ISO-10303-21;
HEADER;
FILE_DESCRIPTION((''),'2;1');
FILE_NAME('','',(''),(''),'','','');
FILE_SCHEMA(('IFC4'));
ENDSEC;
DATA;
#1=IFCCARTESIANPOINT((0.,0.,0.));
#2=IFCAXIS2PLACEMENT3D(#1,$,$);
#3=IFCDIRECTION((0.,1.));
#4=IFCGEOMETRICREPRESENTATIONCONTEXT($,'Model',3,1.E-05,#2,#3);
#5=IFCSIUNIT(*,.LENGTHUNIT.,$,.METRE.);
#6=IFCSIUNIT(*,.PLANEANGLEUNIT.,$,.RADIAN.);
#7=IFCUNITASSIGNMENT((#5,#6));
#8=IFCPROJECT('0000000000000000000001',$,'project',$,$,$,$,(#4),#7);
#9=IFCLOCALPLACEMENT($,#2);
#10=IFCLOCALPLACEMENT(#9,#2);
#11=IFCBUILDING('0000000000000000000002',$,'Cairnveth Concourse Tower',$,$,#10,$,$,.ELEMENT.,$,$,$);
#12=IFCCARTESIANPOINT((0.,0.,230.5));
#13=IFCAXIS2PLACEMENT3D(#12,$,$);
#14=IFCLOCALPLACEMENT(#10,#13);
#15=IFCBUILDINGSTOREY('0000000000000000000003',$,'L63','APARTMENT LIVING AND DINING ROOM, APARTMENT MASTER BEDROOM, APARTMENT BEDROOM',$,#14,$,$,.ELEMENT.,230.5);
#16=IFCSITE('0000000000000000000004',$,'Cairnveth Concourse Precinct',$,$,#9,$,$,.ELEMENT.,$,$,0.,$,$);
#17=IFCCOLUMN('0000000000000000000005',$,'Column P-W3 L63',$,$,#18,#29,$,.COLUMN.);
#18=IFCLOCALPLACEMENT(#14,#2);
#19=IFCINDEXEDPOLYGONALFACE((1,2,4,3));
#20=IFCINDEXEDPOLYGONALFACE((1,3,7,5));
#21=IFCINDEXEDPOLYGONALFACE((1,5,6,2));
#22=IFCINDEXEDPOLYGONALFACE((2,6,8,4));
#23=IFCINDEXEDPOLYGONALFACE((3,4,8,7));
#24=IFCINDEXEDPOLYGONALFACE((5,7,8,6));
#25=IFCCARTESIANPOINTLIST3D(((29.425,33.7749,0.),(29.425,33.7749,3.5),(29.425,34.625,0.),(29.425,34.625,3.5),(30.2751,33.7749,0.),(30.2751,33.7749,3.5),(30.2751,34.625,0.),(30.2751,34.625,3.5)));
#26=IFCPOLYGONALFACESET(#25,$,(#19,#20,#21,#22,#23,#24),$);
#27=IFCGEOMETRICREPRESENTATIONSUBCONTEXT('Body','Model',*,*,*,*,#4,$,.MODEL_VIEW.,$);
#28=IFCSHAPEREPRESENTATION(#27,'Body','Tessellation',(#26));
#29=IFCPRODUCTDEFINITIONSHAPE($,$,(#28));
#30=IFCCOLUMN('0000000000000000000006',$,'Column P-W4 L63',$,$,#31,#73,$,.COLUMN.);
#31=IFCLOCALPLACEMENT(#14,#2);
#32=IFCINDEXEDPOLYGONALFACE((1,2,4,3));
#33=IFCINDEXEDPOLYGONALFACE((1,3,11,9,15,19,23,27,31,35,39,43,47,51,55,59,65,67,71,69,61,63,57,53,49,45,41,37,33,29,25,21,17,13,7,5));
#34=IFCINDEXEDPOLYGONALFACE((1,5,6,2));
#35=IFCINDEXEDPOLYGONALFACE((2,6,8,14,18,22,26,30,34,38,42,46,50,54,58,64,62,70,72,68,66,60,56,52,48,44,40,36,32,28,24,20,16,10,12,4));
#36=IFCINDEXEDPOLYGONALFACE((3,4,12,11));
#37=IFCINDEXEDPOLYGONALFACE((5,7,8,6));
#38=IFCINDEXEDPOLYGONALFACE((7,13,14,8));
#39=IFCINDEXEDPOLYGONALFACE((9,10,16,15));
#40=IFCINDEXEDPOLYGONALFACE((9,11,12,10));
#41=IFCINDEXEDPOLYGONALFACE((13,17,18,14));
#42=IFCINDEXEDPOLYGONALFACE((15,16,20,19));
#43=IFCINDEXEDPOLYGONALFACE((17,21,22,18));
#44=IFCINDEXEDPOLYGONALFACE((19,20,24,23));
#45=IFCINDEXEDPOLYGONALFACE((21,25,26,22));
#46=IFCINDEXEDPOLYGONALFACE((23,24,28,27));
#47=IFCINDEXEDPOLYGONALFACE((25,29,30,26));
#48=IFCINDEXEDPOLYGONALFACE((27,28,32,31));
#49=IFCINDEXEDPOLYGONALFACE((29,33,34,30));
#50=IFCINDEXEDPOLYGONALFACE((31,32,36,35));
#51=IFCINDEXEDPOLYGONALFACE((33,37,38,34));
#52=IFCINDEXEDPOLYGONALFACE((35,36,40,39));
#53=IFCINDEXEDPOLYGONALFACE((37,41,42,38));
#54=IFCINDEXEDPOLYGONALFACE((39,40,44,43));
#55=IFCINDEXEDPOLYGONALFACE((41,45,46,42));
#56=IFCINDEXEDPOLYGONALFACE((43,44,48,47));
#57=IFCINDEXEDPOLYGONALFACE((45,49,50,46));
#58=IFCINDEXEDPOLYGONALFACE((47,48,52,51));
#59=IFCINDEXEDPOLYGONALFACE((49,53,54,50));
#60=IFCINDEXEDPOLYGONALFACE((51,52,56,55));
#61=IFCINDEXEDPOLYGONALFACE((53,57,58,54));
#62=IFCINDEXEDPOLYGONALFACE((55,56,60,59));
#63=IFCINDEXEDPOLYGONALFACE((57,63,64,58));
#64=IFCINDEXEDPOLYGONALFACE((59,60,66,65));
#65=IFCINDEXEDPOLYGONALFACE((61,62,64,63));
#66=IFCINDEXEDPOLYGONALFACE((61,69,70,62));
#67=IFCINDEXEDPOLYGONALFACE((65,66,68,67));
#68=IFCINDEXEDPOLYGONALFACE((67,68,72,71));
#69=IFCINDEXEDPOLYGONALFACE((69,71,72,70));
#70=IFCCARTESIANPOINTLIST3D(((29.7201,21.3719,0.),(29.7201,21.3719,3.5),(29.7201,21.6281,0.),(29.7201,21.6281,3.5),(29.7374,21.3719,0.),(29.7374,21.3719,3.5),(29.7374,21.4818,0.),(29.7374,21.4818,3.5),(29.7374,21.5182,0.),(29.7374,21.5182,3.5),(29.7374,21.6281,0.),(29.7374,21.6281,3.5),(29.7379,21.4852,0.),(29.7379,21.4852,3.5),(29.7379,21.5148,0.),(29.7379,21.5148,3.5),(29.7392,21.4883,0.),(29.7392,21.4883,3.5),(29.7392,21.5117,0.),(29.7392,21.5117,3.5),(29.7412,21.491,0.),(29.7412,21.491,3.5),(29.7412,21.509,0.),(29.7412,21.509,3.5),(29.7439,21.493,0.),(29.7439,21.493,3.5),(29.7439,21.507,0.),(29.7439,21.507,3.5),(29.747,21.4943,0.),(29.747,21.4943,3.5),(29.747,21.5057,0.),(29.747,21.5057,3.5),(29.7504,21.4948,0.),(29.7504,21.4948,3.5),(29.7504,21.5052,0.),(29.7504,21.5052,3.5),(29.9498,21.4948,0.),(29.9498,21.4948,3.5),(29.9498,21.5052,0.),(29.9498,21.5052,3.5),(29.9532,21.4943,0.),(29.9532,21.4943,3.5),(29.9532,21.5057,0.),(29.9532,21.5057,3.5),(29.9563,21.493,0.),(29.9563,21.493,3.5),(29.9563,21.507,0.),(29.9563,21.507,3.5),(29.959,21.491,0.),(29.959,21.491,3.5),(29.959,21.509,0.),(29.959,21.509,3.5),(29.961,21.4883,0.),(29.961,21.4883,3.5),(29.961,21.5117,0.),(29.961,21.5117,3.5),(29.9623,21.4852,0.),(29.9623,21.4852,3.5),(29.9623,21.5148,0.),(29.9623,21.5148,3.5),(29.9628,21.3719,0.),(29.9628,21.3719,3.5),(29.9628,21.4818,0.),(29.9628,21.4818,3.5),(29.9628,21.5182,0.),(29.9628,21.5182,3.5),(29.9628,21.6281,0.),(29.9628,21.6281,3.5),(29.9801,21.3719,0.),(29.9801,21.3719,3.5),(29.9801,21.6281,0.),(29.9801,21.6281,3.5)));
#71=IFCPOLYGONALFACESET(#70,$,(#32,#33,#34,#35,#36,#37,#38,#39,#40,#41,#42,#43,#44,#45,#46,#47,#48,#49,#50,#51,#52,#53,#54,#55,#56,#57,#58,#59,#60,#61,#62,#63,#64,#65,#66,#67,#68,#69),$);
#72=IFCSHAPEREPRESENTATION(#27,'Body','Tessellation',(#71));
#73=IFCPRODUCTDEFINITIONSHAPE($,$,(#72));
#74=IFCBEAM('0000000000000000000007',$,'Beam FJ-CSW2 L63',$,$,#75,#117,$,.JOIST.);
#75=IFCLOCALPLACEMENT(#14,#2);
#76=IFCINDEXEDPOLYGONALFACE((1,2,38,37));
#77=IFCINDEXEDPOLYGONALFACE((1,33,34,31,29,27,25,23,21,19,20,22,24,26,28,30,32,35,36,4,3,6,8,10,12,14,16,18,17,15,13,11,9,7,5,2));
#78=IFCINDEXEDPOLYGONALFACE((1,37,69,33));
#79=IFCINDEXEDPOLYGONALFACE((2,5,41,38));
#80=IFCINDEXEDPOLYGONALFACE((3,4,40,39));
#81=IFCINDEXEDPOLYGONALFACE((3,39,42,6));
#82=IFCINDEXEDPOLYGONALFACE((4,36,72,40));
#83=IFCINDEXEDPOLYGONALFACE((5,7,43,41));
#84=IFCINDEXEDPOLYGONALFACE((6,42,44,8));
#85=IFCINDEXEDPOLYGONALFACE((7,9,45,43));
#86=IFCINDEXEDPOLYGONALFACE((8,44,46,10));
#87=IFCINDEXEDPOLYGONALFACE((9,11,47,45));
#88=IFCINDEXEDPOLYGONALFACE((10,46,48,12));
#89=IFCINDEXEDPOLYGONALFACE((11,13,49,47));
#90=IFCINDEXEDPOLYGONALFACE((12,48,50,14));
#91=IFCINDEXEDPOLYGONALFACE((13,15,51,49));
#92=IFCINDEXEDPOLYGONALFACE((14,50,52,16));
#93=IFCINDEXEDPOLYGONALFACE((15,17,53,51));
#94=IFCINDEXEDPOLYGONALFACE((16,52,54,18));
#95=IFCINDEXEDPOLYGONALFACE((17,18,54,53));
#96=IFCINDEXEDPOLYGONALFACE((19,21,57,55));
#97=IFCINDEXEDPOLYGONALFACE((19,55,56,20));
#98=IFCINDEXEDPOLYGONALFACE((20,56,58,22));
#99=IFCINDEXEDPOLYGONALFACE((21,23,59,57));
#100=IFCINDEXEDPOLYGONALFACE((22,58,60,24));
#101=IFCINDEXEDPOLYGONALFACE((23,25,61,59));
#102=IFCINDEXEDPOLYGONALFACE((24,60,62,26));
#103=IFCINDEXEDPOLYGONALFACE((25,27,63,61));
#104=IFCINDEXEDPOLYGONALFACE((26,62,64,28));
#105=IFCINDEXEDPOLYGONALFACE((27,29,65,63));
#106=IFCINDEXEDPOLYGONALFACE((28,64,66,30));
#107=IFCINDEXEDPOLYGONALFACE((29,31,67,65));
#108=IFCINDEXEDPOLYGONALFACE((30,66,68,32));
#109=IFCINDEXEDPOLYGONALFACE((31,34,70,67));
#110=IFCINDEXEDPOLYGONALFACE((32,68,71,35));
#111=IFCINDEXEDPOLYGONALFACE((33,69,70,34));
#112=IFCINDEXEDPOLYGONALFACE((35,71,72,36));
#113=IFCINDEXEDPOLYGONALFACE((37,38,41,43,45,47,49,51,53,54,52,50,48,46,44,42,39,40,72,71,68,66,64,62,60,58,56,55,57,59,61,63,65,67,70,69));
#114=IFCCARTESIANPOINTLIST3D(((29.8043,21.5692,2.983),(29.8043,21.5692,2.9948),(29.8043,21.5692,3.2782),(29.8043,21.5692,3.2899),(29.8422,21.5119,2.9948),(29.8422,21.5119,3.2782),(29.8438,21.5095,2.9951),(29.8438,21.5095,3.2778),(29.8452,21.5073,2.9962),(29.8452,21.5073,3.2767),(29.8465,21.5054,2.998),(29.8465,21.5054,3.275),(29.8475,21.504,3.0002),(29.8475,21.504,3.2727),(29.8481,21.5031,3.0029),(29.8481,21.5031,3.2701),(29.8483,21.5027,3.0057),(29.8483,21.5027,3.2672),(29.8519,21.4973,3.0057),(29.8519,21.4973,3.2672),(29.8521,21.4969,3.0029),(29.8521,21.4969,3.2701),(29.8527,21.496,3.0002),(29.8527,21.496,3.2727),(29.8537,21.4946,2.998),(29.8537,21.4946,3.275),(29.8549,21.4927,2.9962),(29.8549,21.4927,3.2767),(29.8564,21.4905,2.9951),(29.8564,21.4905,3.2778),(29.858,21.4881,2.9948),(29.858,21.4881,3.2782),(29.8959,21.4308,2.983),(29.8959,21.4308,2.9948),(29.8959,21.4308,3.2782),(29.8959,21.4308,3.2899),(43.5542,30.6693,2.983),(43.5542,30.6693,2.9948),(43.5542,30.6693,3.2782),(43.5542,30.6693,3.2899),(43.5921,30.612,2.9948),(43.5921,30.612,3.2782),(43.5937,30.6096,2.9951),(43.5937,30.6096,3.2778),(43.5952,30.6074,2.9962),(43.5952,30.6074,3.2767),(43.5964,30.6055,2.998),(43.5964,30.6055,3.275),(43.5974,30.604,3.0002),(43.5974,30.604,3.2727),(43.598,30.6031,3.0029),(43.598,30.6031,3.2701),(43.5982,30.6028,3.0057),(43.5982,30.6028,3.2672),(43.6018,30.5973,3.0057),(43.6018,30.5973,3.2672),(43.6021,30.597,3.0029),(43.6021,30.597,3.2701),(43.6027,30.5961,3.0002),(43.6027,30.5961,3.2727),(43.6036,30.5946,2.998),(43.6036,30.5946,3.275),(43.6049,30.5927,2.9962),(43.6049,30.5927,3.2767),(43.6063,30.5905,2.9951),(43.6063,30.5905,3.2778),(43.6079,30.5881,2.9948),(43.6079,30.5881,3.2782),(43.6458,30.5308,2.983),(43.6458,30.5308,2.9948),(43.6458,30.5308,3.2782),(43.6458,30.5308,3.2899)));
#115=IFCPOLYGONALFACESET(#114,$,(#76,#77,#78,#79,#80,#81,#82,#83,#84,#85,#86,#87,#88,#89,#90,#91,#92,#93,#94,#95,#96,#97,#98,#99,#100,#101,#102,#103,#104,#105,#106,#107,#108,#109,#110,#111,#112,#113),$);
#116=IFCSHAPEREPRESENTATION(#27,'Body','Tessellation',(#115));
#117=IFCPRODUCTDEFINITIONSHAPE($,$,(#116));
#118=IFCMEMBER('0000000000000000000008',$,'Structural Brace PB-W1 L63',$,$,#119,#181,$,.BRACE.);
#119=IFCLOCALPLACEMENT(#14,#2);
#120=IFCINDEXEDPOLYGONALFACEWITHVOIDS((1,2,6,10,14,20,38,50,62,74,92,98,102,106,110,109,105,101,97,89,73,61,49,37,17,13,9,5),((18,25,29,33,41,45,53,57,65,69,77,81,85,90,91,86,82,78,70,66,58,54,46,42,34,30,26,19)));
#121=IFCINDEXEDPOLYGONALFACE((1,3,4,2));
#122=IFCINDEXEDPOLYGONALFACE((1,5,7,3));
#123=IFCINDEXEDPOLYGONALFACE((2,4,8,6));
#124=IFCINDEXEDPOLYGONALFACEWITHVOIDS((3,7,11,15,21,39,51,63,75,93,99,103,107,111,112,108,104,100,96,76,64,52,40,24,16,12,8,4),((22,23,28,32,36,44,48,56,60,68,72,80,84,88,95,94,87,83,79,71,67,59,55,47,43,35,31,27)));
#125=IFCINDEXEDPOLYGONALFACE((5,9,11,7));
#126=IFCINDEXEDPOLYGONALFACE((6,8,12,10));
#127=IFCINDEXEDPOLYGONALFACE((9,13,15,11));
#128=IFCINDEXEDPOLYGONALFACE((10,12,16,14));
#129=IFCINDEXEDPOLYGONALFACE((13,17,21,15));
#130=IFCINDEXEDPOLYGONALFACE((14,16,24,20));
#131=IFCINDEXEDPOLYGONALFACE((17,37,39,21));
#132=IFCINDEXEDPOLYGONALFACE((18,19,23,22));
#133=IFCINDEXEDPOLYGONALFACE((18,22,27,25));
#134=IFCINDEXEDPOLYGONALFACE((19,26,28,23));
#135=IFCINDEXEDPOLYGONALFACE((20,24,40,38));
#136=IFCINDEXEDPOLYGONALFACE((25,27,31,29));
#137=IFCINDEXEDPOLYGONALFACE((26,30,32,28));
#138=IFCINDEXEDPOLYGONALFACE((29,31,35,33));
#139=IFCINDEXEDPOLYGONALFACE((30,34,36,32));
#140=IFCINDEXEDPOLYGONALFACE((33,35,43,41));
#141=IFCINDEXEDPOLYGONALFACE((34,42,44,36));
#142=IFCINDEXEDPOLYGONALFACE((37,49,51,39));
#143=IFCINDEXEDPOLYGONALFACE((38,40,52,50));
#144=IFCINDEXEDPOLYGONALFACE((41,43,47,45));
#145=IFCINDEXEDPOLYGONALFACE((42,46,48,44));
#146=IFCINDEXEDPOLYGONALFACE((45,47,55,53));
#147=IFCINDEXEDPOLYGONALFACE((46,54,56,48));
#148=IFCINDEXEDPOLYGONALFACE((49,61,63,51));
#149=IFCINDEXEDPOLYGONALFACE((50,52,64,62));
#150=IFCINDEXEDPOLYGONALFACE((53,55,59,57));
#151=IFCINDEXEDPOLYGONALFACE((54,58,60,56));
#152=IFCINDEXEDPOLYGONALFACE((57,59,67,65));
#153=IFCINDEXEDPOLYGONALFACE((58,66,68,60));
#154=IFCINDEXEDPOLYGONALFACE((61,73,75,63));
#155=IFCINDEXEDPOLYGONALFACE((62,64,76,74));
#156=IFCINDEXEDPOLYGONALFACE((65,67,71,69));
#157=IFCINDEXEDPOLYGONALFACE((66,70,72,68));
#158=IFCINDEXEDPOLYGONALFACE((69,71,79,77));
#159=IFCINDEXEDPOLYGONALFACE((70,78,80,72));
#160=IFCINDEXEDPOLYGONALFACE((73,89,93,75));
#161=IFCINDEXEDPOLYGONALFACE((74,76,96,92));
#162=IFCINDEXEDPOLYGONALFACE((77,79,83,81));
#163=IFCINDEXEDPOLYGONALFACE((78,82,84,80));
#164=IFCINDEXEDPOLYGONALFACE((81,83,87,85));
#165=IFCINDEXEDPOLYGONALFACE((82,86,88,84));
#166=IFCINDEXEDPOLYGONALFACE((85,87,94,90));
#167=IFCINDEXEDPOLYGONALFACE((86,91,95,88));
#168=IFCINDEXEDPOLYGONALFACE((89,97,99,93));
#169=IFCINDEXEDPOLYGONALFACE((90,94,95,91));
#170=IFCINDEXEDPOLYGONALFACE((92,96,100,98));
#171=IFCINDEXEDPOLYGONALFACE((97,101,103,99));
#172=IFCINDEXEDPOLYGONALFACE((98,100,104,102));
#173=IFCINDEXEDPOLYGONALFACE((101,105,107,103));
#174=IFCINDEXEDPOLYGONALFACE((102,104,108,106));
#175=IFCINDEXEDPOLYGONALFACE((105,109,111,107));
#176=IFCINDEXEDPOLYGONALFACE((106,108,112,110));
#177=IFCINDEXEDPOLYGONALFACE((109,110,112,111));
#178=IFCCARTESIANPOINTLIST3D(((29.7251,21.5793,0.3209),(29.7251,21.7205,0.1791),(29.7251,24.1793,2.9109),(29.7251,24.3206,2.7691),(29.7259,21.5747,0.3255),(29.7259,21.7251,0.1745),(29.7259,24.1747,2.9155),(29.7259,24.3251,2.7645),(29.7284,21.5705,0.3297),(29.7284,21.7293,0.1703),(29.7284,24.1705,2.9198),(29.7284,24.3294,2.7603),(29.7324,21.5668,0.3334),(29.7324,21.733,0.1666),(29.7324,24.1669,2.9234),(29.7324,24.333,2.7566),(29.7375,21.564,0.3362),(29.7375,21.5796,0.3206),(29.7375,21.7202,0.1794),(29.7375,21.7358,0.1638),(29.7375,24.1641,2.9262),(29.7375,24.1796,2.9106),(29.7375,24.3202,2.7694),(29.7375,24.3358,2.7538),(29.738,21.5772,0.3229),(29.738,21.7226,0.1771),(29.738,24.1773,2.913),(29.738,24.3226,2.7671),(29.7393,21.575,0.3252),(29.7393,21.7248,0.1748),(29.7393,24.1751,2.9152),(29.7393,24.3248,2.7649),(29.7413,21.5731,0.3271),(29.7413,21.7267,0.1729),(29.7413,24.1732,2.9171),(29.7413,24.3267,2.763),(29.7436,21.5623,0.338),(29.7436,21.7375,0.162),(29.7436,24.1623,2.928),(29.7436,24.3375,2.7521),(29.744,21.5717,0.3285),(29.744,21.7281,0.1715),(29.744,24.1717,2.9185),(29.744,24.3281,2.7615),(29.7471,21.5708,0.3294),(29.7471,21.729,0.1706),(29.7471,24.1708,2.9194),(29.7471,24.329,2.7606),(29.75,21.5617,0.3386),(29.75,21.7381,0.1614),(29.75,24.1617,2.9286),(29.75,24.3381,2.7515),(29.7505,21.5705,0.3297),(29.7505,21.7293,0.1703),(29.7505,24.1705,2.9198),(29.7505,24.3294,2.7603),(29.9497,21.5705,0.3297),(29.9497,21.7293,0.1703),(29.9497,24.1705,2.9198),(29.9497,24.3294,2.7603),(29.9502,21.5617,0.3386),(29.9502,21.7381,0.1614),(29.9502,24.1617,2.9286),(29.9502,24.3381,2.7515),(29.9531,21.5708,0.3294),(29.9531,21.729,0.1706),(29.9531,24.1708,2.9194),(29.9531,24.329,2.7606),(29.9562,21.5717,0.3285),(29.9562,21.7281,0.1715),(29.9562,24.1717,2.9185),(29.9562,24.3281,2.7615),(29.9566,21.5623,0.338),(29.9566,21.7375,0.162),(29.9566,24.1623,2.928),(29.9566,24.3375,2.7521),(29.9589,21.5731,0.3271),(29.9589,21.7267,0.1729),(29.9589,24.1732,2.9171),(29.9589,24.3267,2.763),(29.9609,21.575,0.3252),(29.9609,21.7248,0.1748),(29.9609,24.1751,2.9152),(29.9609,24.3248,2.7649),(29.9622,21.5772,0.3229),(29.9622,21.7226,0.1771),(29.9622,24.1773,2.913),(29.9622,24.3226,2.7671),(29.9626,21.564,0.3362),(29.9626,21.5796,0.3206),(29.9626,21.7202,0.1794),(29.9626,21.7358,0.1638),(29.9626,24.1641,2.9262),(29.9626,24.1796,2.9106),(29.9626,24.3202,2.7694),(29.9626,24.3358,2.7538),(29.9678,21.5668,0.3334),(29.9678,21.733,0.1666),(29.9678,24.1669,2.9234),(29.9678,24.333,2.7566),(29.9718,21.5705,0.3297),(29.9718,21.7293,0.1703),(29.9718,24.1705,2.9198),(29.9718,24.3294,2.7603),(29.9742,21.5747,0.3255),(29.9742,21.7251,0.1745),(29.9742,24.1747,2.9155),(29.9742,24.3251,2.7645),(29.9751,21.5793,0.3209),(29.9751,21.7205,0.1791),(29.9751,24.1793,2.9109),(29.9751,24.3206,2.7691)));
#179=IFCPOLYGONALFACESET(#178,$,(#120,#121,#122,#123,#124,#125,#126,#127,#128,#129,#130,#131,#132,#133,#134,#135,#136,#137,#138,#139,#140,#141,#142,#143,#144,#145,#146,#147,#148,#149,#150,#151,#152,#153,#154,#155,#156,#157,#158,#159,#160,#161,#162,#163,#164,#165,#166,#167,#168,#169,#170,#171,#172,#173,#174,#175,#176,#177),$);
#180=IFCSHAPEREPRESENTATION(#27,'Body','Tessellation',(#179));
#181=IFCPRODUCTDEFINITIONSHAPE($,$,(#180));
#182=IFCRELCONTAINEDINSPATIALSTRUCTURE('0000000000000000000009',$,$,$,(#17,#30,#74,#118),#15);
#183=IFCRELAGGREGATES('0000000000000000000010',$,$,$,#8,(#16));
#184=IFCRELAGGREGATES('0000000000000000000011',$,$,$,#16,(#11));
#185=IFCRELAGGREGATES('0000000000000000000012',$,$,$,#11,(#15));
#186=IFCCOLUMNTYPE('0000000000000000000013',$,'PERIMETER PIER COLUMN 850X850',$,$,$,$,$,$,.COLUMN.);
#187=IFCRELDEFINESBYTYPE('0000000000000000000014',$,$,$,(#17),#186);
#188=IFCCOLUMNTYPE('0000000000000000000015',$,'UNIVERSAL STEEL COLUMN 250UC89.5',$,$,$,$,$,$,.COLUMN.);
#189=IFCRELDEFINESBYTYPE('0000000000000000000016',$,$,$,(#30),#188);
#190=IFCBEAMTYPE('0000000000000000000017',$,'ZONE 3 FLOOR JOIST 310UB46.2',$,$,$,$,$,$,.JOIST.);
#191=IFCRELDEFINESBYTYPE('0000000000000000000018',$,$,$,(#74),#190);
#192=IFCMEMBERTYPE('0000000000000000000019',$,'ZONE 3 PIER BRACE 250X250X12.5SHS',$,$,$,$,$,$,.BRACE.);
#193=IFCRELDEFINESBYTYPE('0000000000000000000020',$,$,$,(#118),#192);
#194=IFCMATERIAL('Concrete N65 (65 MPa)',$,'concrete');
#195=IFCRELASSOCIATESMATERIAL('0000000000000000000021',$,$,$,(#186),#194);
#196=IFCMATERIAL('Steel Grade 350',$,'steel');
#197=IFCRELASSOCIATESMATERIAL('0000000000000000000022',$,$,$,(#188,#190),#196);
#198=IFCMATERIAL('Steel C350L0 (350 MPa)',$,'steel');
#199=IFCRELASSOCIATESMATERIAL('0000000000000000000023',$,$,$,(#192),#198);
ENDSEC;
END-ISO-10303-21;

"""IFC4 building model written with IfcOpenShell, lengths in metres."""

from ifc_helpers import new_model, si_unit, direction, frame, origin, origin_2d, place, context, subcontext, project, spatial, rectangle, hollow_rectangle, i_section, extrude, material, material_profile, profile_set, type_object, element, save


model = new_model("IFC4")

# Units and contexts
model_context = context("Model", 3, precision=1e-05, world=origin(), true_north=direction((0.0, 1.0)))
body_context = subcontext(model_context, "Body", "Model", "MODEL_VIEW")
ifc_project = project(units=[si_unit("LENGTHUNIT", "METRE"), si_unit("PLANEANGLEUNIT", "RADIAN")], contexts=[model_context])

# Site, building, storey
site_placement = place(None, origin())
site = spatial("IfcSite", under=ifc_project, at=site_placement, Name="Cairnveth Concourse Precinct", CompositionType="ELEMENT", RefElevation=0.0)
building_placement = place(site_placement, origin())
building = spatial("IfcBuilding", under=site, at=building_placement, Name="Cairnveth Concourse Tower", CompositionType="ELEMENT")
storey_placement = place(building_placement, frame((0.0, 0.0, 230.5)))
storey = spatial("IfcBuildingStorey", under=building, at=storey_placement, Name="L63", Description="APARTMENT LIVING AND DINING ROOM, APARTMENT MASTER BEDROOM, APARTMENT BEDROOM", CompositionType="ELEMENT", Elevation=230.5)

# Columns
ifc_material_1 = material(Name="Concrete N65 (65 MPa)", Category="concrete")
ifc_material_profile_1 = material_profile(ifc_material_1, rectangle(XDim=0.8501, YDim=0.8501, at=origin_2d()), Name="RC-COL-850x850")
ifc_profile_set_1 = profile_set([ifc_material_profile_1], Name="Concrete N65 (65 MPa)")
column_type_1 = type_object("IfcColumnType", Name="PERIMETER PIER COLUMN 850X850", PredefinedType="COLUMN", material=ifc_profile_set_1)
column_1_placement = place(storey_placement, frame((29.8501, 34.2, 0.0), z_axis=(0.0, 0.0, 1.0), x_axis=(0.0, 1.0, 0.0)))
element("IfcColumn", 1, at=column_1_placement, inside=storey, type_object=column_type_1, Name="Column P-W3 L63", PredefinedType="COLUMN", context=body_context, shape_type="SweptSolid", body=[
    extrude(rectangle(XDim=0.8501, YDim=0.8501, at=origin_2d()), origin(), (0.0, 0.0, 1.0), 3.5),
])
ifc_material_2 = material(Name="Steel Grade 350", Category="steel")
ifc_material_profile_2 = material_profile(ifc_material_2, i_section(OverallWidth=0.2561, OverallDepth=0.26, WebThickness=0.0105, FlangeThickness=0.0173, FilletRadius=0.0129, at=origin_2d()), Name="250UC89.5")
ifc_profile_set_2 = profile_set([ifc_material_profile_2], Name="Steel Grade 350")
column_type_2 = type_object("IfcColumnType", Name="UNIVERSAL STEEL COLUMN 250UC89.5", PredefinedType="COLUMN", material=ifc_profile_set_2)
column_2_placement = place(storey_placement, frame((29.8501, 21.5, 0.0), z_axis=(0.0, 0.0, 1.0), x_axis=(0.0, 1.0, 0.0)))
element("IfcColumn", 2, at=column_2_placement, inside=storey, type_object=column_type_2, Name="Column P-W4 L63", PredefinedType="COLUMN", context=body_context, shape_type="SweptSolid", body=[
    extrude(i_section(OverallWidth=0.2561, OverallDepth=0.26, WebThickness=0.0105, FlangeThickness=0.0173, FilletRadius=0.0129, at=origin_2d()), origin(), (0.0, 0.0, 1.0), 3.5),
])

# Beam
ifc_material_profile_3 = material_profile(ifc_material_2, i_section(OverallWidth=0.166, OverallDepth=0.3069, WebThickness=0.0066, FlangeThickness=0.0117, FilletRadius=0.011, at=origin_2d()), Name="310UB46.2")
ifc_profile_set_3 = profile_set([ifc_material_profile_3], Name="Steel Grade 350")
beam_type_1 = type_object("IfcBeamType", Name="ZONE 3 FLOOR JOIST 310UB46.2", PredefinedType="JOIST", material=ifc_profile_set_3)
beam_1_placement = place(storey_placement, frame((29.8501, 21.5, 3.1365), z_axis=(0.833909, 0.551902, 0.0), x_axis=(-0.551902, 0.833909, 0.0)))
element("IfcBeam", 3, at=beam_1_placement, inside=storey, type_object=beam_type_1, Name="Beam FJ-CSW2 L63", PredefinedType="JOIST", context=body_context, shape_type="SweptSolid", body=[
    extrude(i_section(OverallWidth=0.166, OverallDepth=0.3069, WebThickness=0.0066, FlangeThickness=0.0117, FilletRadius=0.011, at=origin_2d()), origin(), (0.0, 0.0, 1.0), 16.4885),
])

# Member
ifc_material_3 = material(Name="Steel C350L0 (350 MPa)", Category="steel")
ifc_material_profile_4 = material_profile(ifc_material_3, hollow_rectangle(XDim=0.25, YDim=0.25, WallThickness=0.0125, InnerFilletRadius=0.0129, OuterFilletRadius=0.0249, at=origin_2d()), Name="250x250x12.5SHS")
ifc_profile_set_4 = profile_set([ifc_material_profile_4], Name="Steel C350L0 (350 MPa)")
member_type = type_object("IfcMemberType", Name="ZONE 3 PIER BRACE 250X250X12.5SHS", PredefinedType="BRACE", material=ifc_profile_set_4)
member_placement = place(storey_placement, frame((29.8501, 21.6499, 0.25), z_axis=(0.0, 0.708469, 0.705742), x_axis=(-1.0, 0.0, 0.0)))
element("IfcMember", 4, at=member_placement, inside=storey, type_object=member_type, Name="Structural Brace PB-W1 L63", PredefinedType="BRACE", context=body_context, shape_type="SweptSolid", body=[
    extrude(hollow_rectangle(XDim=0.25, YDim=0.25, WallThickness=0.0125, InnerFilletRadius=0.0129, OuterFilletRadius=0.0249, at=origin_2d()), origin(), (0.0, 0.0, 1.0), 3.6699),
])

save(model, "model.ifc")
